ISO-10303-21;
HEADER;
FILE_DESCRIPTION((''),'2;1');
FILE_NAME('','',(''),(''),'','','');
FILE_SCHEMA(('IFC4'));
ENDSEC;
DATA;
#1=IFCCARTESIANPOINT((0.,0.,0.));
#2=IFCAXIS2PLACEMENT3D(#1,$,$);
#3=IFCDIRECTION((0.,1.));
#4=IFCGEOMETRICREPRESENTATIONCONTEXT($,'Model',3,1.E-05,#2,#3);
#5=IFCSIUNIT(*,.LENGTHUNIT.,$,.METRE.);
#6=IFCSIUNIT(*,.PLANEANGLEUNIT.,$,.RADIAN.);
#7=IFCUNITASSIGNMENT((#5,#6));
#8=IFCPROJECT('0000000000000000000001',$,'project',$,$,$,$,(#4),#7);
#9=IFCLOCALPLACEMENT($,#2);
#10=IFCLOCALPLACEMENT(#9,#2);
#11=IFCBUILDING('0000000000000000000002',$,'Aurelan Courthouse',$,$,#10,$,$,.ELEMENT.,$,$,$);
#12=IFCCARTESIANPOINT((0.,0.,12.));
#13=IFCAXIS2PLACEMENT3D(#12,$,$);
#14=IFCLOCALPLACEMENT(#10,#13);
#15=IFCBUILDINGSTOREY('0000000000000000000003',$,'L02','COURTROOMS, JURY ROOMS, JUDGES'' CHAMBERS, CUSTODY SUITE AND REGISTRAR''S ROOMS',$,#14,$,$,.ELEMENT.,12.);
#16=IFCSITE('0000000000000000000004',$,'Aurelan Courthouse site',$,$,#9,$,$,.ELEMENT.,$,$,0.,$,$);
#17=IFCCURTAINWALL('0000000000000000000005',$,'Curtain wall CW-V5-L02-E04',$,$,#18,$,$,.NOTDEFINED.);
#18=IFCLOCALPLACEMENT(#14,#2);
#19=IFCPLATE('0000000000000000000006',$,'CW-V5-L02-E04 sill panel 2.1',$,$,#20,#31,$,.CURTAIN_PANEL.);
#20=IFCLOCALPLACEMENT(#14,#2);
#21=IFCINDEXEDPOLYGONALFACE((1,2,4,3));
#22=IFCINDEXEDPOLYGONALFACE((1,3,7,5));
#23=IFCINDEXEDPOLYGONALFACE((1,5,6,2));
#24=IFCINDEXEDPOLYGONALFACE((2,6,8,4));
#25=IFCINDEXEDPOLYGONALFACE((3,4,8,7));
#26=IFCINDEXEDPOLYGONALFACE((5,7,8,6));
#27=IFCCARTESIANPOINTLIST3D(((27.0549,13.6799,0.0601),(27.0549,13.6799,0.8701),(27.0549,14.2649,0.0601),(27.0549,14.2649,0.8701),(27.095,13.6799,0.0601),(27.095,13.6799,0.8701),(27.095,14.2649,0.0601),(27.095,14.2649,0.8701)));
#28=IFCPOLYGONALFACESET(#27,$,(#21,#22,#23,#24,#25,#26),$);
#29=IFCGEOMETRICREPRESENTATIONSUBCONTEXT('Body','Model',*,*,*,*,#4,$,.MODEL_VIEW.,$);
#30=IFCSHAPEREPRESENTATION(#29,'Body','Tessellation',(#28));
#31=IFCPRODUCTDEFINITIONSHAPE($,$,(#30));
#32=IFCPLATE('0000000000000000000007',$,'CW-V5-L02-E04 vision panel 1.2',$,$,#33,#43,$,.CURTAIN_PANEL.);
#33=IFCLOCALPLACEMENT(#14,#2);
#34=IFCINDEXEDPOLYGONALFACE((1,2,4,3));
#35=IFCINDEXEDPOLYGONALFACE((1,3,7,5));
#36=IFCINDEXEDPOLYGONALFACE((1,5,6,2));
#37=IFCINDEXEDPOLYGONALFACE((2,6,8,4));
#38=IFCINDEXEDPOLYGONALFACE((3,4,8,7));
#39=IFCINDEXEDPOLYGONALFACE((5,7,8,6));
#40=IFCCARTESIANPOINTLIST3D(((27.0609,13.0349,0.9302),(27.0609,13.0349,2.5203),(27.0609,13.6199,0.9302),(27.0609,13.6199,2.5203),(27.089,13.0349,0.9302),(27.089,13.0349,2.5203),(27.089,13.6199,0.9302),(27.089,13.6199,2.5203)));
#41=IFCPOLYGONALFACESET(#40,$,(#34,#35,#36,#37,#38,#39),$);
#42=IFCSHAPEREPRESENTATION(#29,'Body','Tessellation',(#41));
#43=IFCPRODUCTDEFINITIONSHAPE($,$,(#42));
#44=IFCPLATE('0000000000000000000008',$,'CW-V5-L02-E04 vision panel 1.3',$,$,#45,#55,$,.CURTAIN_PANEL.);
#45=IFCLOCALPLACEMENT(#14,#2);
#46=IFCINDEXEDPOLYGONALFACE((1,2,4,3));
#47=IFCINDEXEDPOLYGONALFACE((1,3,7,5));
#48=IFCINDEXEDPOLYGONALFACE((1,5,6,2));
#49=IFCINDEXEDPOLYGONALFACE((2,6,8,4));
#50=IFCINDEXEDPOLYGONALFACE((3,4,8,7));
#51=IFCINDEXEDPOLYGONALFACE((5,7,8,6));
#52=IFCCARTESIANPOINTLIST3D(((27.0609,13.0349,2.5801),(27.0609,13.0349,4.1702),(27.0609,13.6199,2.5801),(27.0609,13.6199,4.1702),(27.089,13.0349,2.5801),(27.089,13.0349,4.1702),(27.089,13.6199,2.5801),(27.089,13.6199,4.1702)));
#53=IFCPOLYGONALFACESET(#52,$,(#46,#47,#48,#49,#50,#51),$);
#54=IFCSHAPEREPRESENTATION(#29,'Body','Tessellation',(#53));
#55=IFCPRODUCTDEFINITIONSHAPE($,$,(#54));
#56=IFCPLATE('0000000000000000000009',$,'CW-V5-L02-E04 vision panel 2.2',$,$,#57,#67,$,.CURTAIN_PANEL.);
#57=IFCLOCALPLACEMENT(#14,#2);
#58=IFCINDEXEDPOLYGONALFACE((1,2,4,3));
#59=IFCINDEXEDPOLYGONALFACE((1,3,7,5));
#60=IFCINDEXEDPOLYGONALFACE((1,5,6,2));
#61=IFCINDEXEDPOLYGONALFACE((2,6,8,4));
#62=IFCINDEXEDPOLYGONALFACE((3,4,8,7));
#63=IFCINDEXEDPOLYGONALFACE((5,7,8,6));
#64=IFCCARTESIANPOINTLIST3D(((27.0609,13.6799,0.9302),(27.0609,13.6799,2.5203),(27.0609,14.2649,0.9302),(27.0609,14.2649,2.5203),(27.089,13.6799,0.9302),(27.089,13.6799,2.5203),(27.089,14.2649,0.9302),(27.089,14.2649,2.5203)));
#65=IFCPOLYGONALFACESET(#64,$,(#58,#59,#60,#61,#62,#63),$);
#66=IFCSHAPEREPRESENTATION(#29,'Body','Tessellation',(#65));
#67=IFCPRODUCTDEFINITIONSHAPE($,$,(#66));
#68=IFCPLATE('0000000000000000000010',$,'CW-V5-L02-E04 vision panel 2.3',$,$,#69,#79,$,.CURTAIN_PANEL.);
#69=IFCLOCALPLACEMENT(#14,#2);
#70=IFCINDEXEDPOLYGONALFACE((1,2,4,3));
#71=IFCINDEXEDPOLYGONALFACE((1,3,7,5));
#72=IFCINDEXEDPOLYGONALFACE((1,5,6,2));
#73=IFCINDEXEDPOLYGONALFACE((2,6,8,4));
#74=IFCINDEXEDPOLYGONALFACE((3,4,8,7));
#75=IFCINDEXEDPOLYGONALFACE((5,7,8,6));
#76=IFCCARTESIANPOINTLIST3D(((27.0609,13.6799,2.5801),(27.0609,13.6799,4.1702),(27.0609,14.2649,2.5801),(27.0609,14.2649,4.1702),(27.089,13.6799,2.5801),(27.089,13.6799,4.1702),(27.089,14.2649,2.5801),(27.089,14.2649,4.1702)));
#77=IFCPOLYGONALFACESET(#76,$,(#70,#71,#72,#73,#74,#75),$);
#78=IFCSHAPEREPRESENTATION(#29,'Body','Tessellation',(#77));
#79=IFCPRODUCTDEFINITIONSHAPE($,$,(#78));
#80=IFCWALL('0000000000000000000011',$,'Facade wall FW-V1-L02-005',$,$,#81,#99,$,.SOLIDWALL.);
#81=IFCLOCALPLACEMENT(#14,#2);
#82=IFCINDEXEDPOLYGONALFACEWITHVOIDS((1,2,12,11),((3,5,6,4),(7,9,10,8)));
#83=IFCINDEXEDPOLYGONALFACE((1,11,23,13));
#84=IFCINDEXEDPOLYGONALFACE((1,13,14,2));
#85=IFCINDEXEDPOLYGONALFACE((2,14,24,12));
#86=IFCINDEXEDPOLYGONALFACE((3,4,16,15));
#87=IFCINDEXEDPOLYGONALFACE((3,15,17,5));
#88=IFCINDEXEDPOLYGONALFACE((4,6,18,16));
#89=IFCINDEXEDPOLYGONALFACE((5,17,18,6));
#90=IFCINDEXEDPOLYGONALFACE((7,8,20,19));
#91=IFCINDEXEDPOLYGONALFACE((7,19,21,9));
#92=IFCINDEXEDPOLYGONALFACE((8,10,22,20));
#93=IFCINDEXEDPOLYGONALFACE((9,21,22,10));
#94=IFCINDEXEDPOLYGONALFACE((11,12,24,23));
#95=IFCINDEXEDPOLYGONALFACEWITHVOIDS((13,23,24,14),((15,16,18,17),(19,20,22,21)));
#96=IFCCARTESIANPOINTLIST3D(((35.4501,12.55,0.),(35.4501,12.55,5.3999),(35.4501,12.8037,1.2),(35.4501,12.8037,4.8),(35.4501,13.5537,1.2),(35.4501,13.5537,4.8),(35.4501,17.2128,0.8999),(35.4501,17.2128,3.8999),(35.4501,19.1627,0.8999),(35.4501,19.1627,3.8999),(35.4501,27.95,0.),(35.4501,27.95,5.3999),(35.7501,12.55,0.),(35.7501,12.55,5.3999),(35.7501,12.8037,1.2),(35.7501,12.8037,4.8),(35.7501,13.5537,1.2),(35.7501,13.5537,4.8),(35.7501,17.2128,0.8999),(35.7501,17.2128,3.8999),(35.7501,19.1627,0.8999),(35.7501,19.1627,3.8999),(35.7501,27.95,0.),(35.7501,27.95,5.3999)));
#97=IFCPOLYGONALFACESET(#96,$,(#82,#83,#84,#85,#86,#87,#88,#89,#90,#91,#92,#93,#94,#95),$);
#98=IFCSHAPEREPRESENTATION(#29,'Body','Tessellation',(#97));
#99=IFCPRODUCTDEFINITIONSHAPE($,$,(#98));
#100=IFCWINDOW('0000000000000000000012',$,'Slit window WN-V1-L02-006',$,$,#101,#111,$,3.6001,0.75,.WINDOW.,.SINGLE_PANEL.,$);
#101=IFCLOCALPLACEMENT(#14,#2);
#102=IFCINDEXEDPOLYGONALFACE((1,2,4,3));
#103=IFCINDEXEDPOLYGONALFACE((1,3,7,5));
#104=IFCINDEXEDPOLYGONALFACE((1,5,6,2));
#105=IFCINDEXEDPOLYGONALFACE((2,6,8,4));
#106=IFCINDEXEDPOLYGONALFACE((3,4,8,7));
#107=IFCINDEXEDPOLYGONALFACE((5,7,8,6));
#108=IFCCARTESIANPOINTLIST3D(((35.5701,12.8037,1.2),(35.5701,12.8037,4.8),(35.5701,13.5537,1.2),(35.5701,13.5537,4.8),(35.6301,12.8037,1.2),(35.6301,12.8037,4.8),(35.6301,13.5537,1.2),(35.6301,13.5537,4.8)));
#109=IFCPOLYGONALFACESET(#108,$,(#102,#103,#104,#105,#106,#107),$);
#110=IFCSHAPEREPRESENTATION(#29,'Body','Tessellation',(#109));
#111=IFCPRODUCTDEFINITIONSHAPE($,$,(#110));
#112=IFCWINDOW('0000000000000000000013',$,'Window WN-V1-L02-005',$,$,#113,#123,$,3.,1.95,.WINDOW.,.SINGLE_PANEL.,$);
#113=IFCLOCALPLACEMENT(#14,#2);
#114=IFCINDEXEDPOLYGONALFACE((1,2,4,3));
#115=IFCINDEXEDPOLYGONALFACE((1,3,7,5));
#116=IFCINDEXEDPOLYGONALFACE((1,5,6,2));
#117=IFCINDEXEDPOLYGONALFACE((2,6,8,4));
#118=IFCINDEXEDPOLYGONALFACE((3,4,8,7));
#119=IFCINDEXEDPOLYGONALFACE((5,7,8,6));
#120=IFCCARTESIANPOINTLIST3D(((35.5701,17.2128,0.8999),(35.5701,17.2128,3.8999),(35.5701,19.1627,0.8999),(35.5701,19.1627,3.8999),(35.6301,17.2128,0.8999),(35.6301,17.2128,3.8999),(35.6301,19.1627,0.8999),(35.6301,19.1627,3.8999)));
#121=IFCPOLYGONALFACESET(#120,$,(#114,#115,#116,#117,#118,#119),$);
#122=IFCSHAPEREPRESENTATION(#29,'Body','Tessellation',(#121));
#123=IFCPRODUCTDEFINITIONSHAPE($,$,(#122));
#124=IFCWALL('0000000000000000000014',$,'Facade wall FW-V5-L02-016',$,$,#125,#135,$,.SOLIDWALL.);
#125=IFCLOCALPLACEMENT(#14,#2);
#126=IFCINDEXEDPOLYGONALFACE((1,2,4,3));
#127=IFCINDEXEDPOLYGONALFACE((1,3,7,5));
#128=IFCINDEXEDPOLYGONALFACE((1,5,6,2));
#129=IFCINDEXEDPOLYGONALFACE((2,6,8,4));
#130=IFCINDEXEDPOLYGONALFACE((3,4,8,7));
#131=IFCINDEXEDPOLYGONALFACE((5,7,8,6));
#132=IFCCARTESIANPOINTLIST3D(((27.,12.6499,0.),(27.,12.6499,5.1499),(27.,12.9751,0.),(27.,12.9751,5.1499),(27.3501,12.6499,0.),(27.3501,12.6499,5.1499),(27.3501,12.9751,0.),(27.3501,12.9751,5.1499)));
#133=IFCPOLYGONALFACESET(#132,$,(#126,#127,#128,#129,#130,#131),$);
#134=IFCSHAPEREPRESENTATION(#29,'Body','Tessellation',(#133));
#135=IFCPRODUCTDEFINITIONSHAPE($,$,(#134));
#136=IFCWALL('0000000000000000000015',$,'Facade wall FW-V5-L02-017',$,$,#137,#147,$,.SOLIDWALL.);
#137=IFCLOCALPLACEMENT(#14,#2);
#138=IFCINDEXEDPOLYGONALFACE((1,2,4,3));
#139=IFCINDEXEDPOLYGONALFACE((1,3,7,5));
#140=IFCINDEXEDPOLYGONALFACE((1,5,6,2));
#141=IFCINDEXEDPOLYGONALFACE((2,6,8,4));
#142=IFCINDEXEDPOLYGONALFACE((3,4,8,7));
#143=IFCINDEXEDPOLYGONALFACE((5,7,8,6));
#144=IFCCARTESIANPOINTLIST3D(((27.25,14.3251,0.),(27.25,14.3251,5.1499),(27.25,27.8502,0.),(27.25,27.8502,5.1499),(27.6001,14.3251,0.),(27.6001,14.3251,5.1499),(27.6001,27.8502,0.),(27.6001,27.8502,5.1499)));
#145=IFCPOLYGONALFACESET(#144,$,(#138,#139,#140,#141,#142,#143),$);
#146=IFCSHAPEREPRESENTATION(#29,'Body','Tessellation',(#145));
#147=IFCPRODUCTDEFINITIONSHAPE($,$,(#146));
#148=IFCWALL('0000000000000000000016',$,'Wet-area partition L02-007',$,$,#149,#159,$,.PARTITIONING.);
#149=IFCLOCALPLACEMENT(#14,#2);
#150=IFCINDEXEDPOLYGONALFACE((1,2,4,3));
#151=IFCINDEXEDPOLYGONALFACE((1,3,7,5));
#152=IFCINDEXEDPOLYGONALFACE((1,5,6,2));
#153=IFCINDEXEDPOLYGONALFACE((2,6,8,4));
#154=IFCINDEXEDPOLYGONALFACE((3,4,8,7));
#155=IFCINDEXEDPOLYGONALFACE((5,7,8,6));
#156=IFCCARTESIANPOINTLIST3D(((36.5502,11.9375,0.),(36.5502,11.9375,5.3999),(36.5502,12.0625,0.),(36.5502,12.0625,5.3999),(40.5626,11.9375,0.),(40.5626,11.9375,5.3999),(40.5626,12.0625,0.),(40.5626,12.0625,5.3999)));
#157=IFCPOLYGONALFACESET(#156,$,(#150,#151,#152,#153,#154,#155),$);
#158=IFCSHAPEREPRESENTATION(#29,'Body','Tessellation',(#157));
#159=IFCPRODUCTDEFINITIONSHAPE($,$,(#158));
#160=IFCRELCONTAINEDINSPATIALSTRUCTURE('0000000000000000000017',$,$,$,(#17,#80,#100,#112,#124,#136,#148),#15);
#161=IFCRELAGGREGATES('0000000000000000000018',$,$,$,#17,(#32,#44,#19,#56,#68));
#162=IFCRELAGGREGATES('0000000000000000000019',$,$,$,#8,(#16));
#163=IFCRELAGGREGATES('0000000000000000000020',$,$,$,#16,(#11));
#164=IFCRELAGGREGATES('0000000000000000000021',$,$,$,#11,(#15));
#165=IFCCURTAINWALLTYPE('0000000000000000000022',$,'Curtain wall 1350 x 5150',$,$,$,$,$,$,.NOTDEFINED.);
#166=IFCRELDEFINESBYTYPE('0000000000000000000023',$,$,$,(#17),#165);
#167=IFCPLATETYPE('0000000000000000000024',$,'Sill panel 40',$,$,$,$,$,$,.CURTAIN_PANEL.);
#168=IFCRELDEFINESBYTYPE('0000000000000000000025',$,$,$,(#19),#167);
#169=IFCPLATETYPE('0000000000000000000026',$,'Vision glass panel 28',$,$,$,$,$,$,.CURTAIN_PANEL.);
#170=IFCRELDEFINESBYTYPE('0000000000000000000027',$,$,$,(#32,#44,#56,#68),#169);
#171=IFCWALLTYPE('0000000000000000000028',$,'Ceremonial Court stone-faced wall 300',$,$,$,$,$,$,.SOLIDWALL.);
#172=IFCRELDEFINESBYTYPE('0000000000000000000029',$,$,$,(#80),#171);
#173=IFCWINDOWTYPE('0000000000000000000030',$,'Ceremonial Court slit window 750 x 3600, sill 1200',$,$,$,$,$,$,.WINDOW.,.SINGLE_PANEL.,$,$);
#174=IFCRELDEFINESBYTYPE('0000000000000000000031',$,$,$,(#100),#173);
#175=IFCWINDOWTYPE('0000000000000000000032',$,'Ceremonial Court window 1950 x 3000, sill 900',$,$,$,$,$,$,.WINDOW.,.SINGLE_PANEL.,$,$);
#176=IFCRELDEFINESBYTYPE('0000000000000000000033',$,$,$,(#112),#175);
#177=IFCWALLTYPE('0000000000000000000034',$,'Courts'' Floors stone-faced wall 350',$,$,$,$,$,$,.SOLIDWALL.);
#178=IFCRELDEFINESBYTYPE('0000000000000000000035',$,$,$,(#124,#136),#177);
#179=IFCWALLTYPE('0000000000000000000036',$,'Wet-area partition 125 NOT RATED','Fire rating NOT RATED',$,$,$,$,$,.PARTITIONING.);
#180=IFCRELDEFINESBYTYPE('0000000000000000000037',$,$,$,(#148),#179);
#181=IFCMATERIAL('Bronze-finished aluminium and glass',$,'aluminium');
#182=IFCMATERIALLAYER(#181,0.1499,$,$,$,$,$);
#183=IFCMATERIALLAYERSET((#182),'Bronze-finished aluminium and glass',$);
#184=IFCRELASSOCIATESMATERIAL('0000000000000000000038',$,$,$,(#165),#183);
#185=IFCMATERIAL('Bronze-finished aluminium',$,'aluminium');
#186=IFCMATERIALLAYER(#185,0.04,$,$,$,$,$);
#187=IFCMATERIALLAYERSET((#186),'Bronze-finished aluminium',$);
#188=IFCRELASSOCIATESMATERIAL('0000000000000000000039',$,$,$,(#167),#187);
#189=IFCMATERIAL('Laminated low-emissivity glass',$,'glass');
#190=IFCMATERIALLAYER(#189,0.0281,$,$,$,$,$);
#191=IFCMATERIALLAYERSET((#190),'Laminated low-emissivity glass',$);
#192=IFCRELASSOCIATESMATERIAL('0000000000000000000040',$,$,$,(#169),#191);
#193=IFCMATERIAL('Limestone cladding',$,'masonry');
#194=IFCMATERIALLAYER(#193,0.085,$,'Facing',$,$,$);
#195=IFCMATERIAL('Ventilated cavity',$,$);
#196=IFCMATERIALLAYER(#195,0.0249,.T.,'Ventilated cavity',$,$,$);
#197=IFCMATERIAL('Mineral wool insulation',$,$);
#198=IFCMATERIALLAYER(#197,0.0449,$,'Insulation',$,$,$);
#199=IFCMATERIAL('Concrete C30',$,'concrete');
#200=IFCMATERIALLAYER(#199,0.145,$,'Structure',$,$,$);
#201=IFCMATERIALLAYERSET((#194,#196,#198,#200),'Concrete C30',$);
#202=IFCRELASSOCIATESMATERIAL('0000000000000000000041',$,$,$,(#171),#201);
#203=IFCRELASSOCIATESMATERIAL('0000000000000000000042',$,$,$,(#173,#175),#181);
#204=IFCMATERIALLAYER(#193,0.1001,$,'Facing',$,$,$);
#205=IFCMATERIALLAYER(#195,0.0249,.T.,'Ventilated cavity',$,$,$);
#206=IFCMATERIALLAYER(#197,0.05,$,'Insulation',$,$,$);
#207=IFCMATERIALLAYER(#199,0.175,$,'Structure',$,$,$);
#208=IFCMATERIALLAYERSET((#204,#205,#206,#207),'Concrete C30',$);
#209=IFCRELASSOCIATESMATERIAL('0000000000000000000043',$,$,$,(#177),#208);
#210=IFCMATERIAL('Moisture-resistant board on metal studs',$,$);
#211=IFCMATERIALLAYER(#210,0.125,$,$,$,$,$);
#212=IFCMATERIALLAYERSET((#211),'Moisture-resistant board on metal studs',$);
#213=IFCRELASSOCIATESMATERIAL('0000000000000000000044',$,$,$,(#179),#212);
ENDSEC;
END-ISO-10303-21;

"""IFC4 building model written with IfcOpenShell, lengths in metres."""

from ifc_helpers import new_model, si_unit, direction, frame, frame_2d, origin, origin_2d, place, context, subcontext, project, spatial, rectangle, extrude, material, layer, layer_set, type_object, element, fill, aggregate, save


model = new_model("IFC4")

# Units and contexts
model_context = context("Model", 3, precision=1e-05, world=origin(), true_north=direction((0.0, 1.0)))
body_context = subcontext(model_context, "Body", "Model", "MODEL_VIEW")
ifc_project = project(units=[si_unit("LENGTHUNIT", "METRE"), si_unit("PLANEANGLEUNIT", "RADIAN")], contexts=[model_context])

# Site, building, storey
site_placement = place(None, origin())
site = spatial("IfcSite", under=ifc_project, at=site_placement, Name="Aurelan Courthouse site", CompositionType="ELEMENT", RefElevation=0.0)
building_placement = place(site_placement, origin())
building = spatial("IfcBuilding", under=site, at=building_placement, Name="Aurelan Courthouse", CompositionType="ELEMENT")
storey_placement = place(building_placement, frame((0.0, 0.0, 12.0)))
storey = spatial("IfcBuildingStorey", under=building, at=storey_placement, Name="L02", Description="COURTROOMS, JURY ROOMS, JUDGES' CHAMBERS, CUSTODY SUITE AND REGISTRAR'S ROOMS", CompositionType="ELEMENT", Elevation=12.0)

# Curtain wall
ifc_material_1 = material(Name="Bronze-finished aluminium and glass", Category="aluminium")
ifc_layer_1 = layer(ifc_material_1, 0.1499)
ifc_layer_set_1 = layer_set([ifc_layer_1], Name="Bronze-finished aluminium and glass")
curtain_wall_type = type_object("IfcCurtainWallType", Name="Curtain wall 1350 x 5150", PredefinedType="NOTDEFINED", material=ifc_layer_set_1)
curtain_wall_placement = place(storey_placement, origin())
curtain_wall = element("IfcCurtainWall", 1, at=curtain_wall_placement, inside=storey, type_object=curtain_wall_type, Name="Curtain wall CW-V5-L02-E04", PredefinedType="NOTDEFINED")
ifc_material_2 = material(Name="Bronze-finished aluminium", Category="aluminium")

# Plates
ifc_material_3 = material(Name="Limestone cladding", Category="masonry")
ifc_layer_2 = layer(ifc_material_2, 0.04)
ifc_layer_set_2 = layer_set([ifc_layer_2], Name="Bronze-finished aluminium")
plate_type_1 = type_object("IfcPlateType", Name="Sill panel 40", PredefinedType="CURTAIN_PANEL", material=ifc_layer_set_2)
plate_1_placement = place(storey_placement, frame((27.075, 13.9724, 0.0601), z_axis=(0.0, 0.0, 1.0), x_axis=(0.0, 1.0, 0.0)))
plate_1 = element("IfcPlate", 2, at=plate_1_placement, type_object=plate_type_1, Name="CW-V5-L02-E04 sill panel 2.1", PredefinedType="CURTAIN_PANEL", context=body_context, shape_type="SweptSolid", body=[
    extrude(rectangle(XDim=0.585, YDim=0.04, at=origin_2d()), origin(), (0.0, 0.0, 1.0), 0.8101),
])
ifc_material_4 = material(Name="Laminated low-emissivity glass", Category="glass")
ifc_layer_3 = layer(ifc_material_4, 0.0281)
ifc_layer_set_3 = layer_set([ifc_layer_3], Name="Laminated low-emissivity glass")
plate_type_2 = type_object("IfcPlateType", Name="Vision glass panel 28", PredefinedType="CURTAIN_PANEL", material=ifc_layer_set_3)
plate_2_placement = place(storey_placement, frame((27.075, 13.3274, 0.9302), z_axis=(0.0, 0.0, 1.0), x_axis=(0.0, 1.0, 0.0)))
plate_2 = element("IfcPlate", 3, at=plate_2_placement, type_object=plate_type_2, Name="CW-V5-L02-E04 vision panel 1.2", PredefinedType="CURTAIN_PANEL", context=body_context, shape_type="SweptSolid", body=[
    extrude(rectangle(XDim=0.585, YDim=0.0281, at=origin_2d()), origin(), (0.0, 0.0, 1.0), 1.5901),
])
plate_3_placement = place(storey_placement, frame((27.075, 13.3274, 2.5801), z_axis=(0.0, 0.0, 1.0), x_axis=(0.0, 1.0, 0.0)))
plate_3 = element("IfcPlate", 4, at=plate_3_placement, type_object=plate_type_2, Name="CW-V5-L02-E04 vision panel 1.3", PredefinedType="CURTAIN_PANEL", context=body_context, shape_type="SweptSolid", body=[
    extrude(rectangle(XDim=0.585, YDim=0.0281, at=origin_2d()), origin(), (0.0, 0.0, 1.0), 1.5901),
])
plate_4_placement = place(storey_placement, frame((27.075, 13.9724, 0.9302), z_axis=(0.0, 0.0, 1.0), x_axis=(0.0, 1.0, 0.0)))
plate_4 = element("IfcPlate", 5, at=plate_4_placement, type_object=plate_type_2, Name="CW-V5-L02-E04 vision panel 2.2", PredefinedType="CURTAIN_PANEL", context=body_context, shape_type="SweptSolid", body=[
    extrude(rectangle(XDim=0.585, YDim=0.0281, at=origin_2d()), origin(), (0.0, 0.0, 1.0), 1.5901),
])
plate_5_placement = place(storey_placement, frame((27.075, 13.9724, 2.5801), z_axis=(0.0, 0.0, 1.0), x_axis=(0.0, 1.0, 0.0)))
plate_5 = element("IfcPlate", 6, at=plate_5_placement, type_object=plate_type_2, Name="CW-V5-L02-E04 vision panel 2.3", PredefinedType="CURTAIN_PANEL", context=body_context, shape_type="SweptSolid", body=[
    extrude(rectangle(XDim=0.585, YDim=0.0281, at=origin_2d()), origin(), (0.0, 0.0, 1.0), 1.5901),
])
aggregate(curtain_wall, [plate_2, plate_3, plate_1, plate_4, plate_5])

# Wall, openings, windows
ifc_layer_4 = layer(ifc_material_3, 0.085, Name="Facing")
ifc_material_5 = material(Name="Ventilated cavity")
ifc_layer_5 = layer(ifc_material_5, 0.0249, ventilated=True, Name="Ventilated cavity")
ifc_material_6 = material(Name="Mineral wool insulation")
ifc_layer_6 = layer(ifc_material_6, 0.0449, Name="Insulation")
ifc_material_7 = material(Name="Concrete C30", Category="concrete")
ifc_layer_7 = layer(ifc_material_7, 0.145, Name="Structure")
ifc_layer_set_4 = layer_set([ifc_layer_4, ifc_layer_5, ifc_layer_6, ifc_layer_7], Name="Concrete C30")
wall_type_1 = type_object("IfcWallType", Name="Ceremonial Court stone-faced wall 300", PredefinedType="SOLIDWALL", material=ifc_layer_set_4)
wall_1_placement = place(storey_placement, frame((35.6001, 12.55, 0.0), z_axis=(0.0, 0.0, 1.0), x_axis=(0.0, 1.0, 0.0)))
wall_1 = element("IfcWall", 7, at=wall_1_placement, inside=storey, type_object=wall_type_1, Name="Facade wall FW-V1-L02-005", PredefinedType="SOLIDWALL", context=body_context, shape_type="SweptSolid", body=[
    extrude(rectangle(XDim=15.3999, YDim=0.3, at=frame_2d((7.7, 0.0))), origin(), (0.0, 0.0, 1.0), 5.3999),
])
opening_1_placement = place(wall_1_placement, frame((4.6626, 0.0, 0.8999)))
opening_1 = element("IfcOpeningElement", 8, at=opening_1_placement, cuts=wall_1, PredefinedType="OPENING", context=body_context, shape_type="SweptSolid", body=[
    extrude(rectangle(XDim=1.95, YDim=3.0, at=frame_2d((0.9751, 1.5))), frame((0.0, 0.1599, 0.0), z_axis=(0.0, -1.0, 0.0), x_axis=(1.0, 0.0, 0.0)), (0.0, 0.0, 1.0), 0.3201),
])
opening_2_placement = place(wall_1_placement, frame((0.2537, 0.0, 1.2)))
opening_2 = element("IfcOpeningElement", 9, at=opening_2_placement, cuts=wall_1, PredefinedType="OPENING", context=body_context, shape_type="SweptSolid", body=[
    extrude(rectangle(XDim=0.75, YDim=3.6001, at=frame_2d((0.375, 1.8))), frame((0.0, 0.1599, 0.0), z_axis=(0.0, -1.0, 0.0), x_axis=(1.0, 0.0, 0.0)), (0.0, 0.0, 1.0), 0.3201),
])
window_type_1 = type_object("IfcWindowType", Name="Ceremonial Court slit window 750 x 3600, sill 1200", PartitioningType="SINGLE_PANEL", PredefinedType="WINDOW", material=ifc_material_1)
window_1_placement = place(opening_2_placement, origin())
window_1 = element("IfcWindow", 10, at=window_1_placement, inside=storey, type_object=window_type_1, Name="Slit window WN-V1-L02-006", OverallHeight=3.6001, OverallWidth=0.75, PartitioningType="SINGLE_PANEL", PredefinedType="WINDOW", context=body_context, shape_type="SweptSolid", body=[
    extrude(rectangle(XDim=0.75, YDim=3.6001, at=frame_2d((0.375, 1.8))), frame((0.0, 0.03, 0.0), z_axis=(0.0, -1.0, 0.0), x_axis=(1.0, 0.0, 0.0)), (0.0, 0.0, 1.0), 0.0601),
])
fill(opening_2, window_1)
window_type_2 = type_object("IfcWindowType", Name="Ceremonial Court window 1950 x 3000, sill 900", PartitioningType="SINGLE_PANEL", PredefinedType="WINDOW", material=ifc_material_1)
window_2_placement = place(opening_1_placement, origin())
window_2 = element("IfcWindow", 11, at=window_2_placement, inside=storey, type_object=window_type_2, Name="Window WN-V1-L02-005", OverallHeight=3.0, OverallWidth=1.95, PartitioningType="SINGLE_PANEL", PredefinedType="WINDOW", context=body_context, shape_type="SweptSolid", body=[
    extrude(rectangle(XDim=1.95, YDim=3.0, at=frame_2d((0.9751, 1.5))), frame((0.0, 0.03, 0.0), z_axis=(0.0, -1.0, 0.0), x_axis=(1.0, 0.0, 0.0)), (0.0, 0.0, 1.0), 0.0601),
])
fill(opening_1, window_2)

# Walls
ifc_layer_8 = layer(ifc_material_3, 0.1001, Name="Facing")
ifc_layer_9 = layer(ifc_material_5, 0.0249, ventilated=True, Name="Ventilated cavity")
ifc_layer_10 = layer(ifc_material_6, 0.05, Name="Insulation")
ifc_layer_11 = layer(ifc_material_7, 0.175, Name="Structure")
ifc_layer_set_5 = layer_set([ifc_layer_8, ifc_layer_9, ifc_layer_10, ifc_layer_11], Name="Concrete C30")
wall_type_2 = type_object("IfcWallType", Name="Courts' Floors stone-faced wall 350", PredefinedType="SOLIDWALL", material=ifc_layer_set_5)
wall_2_placement = place(storey_placement, frame((27.175, 12.6499, 0.0), z_axis=(0.0, 0.0, 1.0), x_axis=(0.0, 1.0, 0.0)))
element("IfcWall", 12, at=wall_2_placement, inside=storey, type_object=wall_type_2, Name="Facade wall FW-V5-L02-016", PredefinedType="SOLIDWALL", context=body_context, shape_type="SweptSolid", body=[
    extrude(rectangle(XDim=0.3252, YDim=0.3501, at=frame_2d((0.1626, 0.0))), origin(), (0.0, 0.0, 1.0), 5.1499),
])
wall_3_placement = place(storey_placement, frame((27.425, 14.325, 0.0), z_axis=(0.0, 0.0, 1.0), x_axis=(0.0, 1.0, 0.0)))
element("IfcWall", 13, at=wall_3_placement, inside=storey, type_object=wall_type_2, Name="Facade wall FW-V5-L02-017", PredefinedType="SOLIDWALL", context=body_context, shape_type="SweptSolid", body=[
    extrude(rectangle(XDim=13.5251, YDim=0.3501, at=frame_2d((6.7627, 0.0))), origin(), (0.0, 0.0, 1.0), 5.1499),
])
ifc_material_8 = material(Name="Moisture-resistant board on metal studs")
ifc_layer_12 = layer(ifc_material_8, 0.125)
ifc_layer_set_6 = layer_set([ifc_layer_12], Name="Moisture-resistant board on metal studs")
wall_type_3 = type_object("IfcWallType", Name="Wet-area partition 125 NOT RATED", Description="Fire rating NOT RATED", PredefinedType="PARTITIONING", material=ifc_layer_set_6)
wall_4_placement = place(storey_placement, frame((36.55, 12.0, 0.0), z_axis=(0.0, 0.0, 1.0), x_axis=(1.0, 0.0, 0.0)))
element("IfcWall", 14, at=wall_4_placement, inside=storey, type_object=wall_type_3, Name="Wet-area partition L02-007", PredefinedType="PARTITIONING", context=body_context, shape_type="SweptSolid", body=[
    extrude(rectangle(XDim=4.0125, YDim=0.125, at=frame_2d((2.0063, 0.0))), origin(), (0.0, 0.0, 1.0), 5.3999),
])

save(model, "model.ifc")
